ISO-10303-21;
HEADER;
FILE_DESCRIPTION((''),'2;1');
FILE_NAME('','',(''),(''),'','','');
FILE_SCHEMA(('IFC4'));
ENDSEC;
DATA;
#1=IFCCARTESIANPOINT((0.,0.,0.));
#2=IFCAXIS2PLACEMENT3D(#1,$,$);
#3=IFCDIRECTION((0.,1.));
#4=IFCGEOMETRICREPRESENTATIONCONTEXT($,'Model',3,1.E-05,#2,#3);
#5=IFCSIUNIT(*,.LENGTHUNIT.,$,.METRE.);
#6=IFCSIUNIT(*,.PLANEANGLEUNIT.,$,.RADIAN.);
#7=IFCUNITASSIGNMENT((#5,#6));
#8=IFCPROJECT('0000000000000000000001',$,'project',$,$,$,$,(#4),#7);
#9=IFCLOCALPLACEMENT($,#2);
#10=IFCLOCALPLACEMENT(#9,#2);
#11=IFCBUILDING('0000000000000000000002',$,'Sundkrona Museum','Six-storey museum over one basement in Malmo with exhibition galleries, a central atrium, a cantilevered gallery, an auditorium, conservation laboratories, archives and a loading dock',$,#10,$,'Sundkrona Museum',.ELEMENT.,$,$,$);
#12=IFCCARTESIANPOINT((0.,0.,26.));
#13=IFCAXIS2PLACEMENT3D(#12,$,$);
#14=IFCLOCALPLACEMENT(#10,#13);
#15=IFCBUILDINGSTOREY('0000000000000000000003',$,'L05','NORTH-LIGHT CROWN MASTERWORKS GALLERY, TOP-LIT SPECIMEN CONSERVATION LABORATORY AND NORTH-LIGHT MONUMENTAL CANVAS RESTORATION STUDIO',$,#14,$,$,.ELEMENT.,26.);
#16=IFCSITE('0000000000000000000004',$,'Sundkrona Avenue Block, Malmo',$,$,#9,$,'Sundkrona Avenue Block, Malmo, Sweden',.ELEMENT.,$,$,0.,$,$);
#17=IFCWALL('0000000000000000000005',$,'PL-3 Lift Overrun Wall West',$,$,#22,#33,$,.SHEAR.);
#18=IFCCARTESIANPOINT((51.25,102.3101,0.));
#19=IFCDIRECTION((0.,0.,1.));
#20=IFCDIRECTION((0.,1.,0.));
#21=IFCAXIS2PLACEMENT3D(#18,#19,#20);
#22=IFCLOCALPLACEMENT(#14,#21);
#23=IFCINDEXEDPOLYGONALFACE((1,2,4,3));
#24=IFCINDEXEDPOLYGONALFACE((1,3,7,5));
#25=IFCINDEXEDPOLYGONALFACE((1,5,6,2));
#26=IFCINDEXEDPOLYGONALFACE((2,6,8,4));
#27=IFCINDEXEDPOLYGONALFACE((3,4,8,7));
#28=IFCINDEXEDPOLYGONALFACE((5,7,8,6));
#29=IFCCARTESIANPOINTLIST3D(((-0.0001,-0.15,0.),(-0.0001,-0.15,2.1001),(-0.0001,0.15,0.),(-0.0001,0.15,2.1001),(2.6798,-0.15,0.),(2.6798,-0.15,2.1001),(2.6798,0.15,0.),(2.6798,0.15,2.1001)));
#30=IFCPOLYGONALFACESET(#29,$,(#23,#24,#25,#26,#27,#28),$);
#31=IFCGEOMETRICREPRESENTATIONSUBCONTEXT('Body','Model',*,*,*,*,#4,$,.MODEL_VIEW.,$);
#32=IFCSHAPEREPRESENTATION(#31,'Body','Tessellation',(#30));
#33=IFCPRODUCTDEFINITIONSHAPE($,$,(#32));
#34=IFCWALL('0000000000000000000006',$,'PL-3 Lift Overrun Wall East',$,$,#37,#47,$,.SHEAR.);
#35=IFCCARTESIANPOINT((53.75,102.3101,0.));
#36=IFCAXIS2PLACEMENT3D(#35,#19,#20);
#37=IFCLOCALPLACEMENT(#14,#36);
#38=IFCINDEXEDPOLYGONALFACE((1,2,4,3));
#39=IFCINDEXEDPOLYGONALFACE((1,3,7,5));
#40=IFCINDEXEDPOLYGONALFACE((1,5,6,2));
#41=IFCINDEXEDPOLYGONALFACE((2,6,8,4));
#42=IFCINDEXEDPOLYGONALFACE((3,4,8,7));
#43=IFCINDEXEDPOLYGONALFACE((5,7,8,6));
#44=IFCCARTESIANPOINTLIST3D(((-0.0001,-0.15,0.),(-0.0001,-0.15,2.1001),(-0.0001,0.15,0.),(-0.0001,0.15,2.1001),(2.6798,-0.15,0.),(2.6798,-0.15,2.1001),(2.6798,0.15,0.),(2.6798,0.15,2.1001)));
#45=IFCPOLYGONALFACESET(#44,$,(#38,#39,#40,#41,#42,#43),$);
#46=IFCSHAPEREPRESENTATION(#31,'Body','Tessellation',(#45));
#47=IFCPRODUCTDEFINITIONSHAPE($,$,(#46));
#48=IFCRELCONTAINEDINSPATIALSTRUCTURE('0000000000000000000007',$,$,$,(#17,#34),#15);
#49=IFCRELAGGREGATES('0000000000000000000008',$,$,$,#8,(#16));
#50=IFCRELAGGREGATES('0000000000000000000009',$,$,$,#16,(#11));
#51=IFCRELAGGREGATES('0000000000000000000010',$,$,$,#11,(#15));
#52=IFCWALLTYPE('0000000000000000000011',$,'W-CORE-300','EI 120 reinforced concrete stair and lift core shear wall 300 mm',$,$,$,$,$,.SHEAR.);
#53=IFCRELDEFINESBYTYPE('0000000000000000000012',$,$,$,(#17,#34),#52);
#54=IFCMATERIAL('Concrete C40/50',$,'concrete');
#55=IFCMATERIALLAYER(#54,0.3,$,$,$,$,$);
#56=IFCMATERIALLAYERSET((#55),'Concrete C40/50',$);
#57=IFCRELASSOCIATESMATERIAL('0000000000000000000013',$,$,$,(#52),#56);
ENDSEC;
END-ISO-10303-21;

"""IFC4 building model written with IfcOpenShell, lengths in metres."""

from ifc_helpers import new_model, si_unit, direction, frame, frame_2d, origin, place, context, subcontext, project, spatial, rectangle, extrude, material, layer, layer_set, type_object, element, save


model = new_model("IFC4")

# Units and contexts
model_context = context("Model", 3, precision=1e-05, world=origin(), true_north=direction((0.0, 1.0)))
body_context = subcontext(model_context, "Body", "Model", "MODEL_VIEW")
ifc_project = project(units=[si_unit("LENGTHUNIT", "METRE"), si_unit("PLANEANGLEUNIT", "RADIAN")], contexts=[model_context])

# Site, building, storey
site_placement = place(None, origin())
site = spatial("IfcSite", under=ifc_project, at=site_placement, Name="Sundkrona Avenue Block, Malmo", LongName="Sundkrona Avenue Block, Malmo, Sweden", CompositionType="ELEMENT", RefElevation=0.0)
building_placement = place(site_placement, origin())
building = spatial("IfcBuilding", under=site, at=building_placement, Name="Sundkrona Museum", Description="Six-storey museum over one basement in Malmo with exhibition galleries, a central atrium, a cantilevered gallery, an auditorium, conservation laboratories, archives and a loading dock", LongName="Sundkrona Museum", CompositionType="ELEMENT")
storey_placement = place(building_placement, frame((0.0, 0.0, 26.0)))
storey = spatial("IfcBuildingStorey", under=building, at=storey_placement, Name="L05", Description="NORTH-LIGHT CROWN MASTERWORKS GALLERY, TOP-LIT SPECIMEN CONSERVATION LABORATORY AND NORTH-LIGHT MONUMENTAL CANVAS RESTORATION STUDIO", CompositionType="ELEMENT", Elevation=26.0)

# Walls
ifc_material_1 = material(Name="Concrete C40/50", Category="concrete")
ifc_layer_1 = layer(ifc_material_1, 0.3)
ifc_layer_set_1 = layer_set([ifc_layer_1], Name="Concrete C40/50")
wall_type = type_object("IfcWallType", Name="W-CORE-300", Description="EI 120 reinforced concrete stair and lift core shear wall 300 mm", PredefinedType="SHEAR", material=ifc_layer_set_1)
for number, where, z_axis, x_axis, name in (
    (1, (51.25, 102.3101, 0.0), (0.0, 0.0, 1.0), (0.0, 1.0, 0.0), "PL-3 Lift Overrun Wall West"),
    (2, (53.75, 102.3101, 0.0), (0.0, 0.0, 1.0), (0.0, 1.0, 0.0), "PL-3 Lift Overrun Wall East"),
):
    element("IfcWall", number, at=place(storey_placement, frame(where, z_axis=z_axis, x_axis=x_axis)), inside=storey, type_object=wall_type, Name=name, PredefinedType="SHEAR", context=body_context, shape_type="SweptSolid", body=[
        extrude(rectangle(XDim=2.6799, YDim=0.3, at=frame_2d((1.3398, 0.0))), origin(), (0.0, 0.0, 1.0), 2.1001),
    ])

save(model, "model.ifc")
